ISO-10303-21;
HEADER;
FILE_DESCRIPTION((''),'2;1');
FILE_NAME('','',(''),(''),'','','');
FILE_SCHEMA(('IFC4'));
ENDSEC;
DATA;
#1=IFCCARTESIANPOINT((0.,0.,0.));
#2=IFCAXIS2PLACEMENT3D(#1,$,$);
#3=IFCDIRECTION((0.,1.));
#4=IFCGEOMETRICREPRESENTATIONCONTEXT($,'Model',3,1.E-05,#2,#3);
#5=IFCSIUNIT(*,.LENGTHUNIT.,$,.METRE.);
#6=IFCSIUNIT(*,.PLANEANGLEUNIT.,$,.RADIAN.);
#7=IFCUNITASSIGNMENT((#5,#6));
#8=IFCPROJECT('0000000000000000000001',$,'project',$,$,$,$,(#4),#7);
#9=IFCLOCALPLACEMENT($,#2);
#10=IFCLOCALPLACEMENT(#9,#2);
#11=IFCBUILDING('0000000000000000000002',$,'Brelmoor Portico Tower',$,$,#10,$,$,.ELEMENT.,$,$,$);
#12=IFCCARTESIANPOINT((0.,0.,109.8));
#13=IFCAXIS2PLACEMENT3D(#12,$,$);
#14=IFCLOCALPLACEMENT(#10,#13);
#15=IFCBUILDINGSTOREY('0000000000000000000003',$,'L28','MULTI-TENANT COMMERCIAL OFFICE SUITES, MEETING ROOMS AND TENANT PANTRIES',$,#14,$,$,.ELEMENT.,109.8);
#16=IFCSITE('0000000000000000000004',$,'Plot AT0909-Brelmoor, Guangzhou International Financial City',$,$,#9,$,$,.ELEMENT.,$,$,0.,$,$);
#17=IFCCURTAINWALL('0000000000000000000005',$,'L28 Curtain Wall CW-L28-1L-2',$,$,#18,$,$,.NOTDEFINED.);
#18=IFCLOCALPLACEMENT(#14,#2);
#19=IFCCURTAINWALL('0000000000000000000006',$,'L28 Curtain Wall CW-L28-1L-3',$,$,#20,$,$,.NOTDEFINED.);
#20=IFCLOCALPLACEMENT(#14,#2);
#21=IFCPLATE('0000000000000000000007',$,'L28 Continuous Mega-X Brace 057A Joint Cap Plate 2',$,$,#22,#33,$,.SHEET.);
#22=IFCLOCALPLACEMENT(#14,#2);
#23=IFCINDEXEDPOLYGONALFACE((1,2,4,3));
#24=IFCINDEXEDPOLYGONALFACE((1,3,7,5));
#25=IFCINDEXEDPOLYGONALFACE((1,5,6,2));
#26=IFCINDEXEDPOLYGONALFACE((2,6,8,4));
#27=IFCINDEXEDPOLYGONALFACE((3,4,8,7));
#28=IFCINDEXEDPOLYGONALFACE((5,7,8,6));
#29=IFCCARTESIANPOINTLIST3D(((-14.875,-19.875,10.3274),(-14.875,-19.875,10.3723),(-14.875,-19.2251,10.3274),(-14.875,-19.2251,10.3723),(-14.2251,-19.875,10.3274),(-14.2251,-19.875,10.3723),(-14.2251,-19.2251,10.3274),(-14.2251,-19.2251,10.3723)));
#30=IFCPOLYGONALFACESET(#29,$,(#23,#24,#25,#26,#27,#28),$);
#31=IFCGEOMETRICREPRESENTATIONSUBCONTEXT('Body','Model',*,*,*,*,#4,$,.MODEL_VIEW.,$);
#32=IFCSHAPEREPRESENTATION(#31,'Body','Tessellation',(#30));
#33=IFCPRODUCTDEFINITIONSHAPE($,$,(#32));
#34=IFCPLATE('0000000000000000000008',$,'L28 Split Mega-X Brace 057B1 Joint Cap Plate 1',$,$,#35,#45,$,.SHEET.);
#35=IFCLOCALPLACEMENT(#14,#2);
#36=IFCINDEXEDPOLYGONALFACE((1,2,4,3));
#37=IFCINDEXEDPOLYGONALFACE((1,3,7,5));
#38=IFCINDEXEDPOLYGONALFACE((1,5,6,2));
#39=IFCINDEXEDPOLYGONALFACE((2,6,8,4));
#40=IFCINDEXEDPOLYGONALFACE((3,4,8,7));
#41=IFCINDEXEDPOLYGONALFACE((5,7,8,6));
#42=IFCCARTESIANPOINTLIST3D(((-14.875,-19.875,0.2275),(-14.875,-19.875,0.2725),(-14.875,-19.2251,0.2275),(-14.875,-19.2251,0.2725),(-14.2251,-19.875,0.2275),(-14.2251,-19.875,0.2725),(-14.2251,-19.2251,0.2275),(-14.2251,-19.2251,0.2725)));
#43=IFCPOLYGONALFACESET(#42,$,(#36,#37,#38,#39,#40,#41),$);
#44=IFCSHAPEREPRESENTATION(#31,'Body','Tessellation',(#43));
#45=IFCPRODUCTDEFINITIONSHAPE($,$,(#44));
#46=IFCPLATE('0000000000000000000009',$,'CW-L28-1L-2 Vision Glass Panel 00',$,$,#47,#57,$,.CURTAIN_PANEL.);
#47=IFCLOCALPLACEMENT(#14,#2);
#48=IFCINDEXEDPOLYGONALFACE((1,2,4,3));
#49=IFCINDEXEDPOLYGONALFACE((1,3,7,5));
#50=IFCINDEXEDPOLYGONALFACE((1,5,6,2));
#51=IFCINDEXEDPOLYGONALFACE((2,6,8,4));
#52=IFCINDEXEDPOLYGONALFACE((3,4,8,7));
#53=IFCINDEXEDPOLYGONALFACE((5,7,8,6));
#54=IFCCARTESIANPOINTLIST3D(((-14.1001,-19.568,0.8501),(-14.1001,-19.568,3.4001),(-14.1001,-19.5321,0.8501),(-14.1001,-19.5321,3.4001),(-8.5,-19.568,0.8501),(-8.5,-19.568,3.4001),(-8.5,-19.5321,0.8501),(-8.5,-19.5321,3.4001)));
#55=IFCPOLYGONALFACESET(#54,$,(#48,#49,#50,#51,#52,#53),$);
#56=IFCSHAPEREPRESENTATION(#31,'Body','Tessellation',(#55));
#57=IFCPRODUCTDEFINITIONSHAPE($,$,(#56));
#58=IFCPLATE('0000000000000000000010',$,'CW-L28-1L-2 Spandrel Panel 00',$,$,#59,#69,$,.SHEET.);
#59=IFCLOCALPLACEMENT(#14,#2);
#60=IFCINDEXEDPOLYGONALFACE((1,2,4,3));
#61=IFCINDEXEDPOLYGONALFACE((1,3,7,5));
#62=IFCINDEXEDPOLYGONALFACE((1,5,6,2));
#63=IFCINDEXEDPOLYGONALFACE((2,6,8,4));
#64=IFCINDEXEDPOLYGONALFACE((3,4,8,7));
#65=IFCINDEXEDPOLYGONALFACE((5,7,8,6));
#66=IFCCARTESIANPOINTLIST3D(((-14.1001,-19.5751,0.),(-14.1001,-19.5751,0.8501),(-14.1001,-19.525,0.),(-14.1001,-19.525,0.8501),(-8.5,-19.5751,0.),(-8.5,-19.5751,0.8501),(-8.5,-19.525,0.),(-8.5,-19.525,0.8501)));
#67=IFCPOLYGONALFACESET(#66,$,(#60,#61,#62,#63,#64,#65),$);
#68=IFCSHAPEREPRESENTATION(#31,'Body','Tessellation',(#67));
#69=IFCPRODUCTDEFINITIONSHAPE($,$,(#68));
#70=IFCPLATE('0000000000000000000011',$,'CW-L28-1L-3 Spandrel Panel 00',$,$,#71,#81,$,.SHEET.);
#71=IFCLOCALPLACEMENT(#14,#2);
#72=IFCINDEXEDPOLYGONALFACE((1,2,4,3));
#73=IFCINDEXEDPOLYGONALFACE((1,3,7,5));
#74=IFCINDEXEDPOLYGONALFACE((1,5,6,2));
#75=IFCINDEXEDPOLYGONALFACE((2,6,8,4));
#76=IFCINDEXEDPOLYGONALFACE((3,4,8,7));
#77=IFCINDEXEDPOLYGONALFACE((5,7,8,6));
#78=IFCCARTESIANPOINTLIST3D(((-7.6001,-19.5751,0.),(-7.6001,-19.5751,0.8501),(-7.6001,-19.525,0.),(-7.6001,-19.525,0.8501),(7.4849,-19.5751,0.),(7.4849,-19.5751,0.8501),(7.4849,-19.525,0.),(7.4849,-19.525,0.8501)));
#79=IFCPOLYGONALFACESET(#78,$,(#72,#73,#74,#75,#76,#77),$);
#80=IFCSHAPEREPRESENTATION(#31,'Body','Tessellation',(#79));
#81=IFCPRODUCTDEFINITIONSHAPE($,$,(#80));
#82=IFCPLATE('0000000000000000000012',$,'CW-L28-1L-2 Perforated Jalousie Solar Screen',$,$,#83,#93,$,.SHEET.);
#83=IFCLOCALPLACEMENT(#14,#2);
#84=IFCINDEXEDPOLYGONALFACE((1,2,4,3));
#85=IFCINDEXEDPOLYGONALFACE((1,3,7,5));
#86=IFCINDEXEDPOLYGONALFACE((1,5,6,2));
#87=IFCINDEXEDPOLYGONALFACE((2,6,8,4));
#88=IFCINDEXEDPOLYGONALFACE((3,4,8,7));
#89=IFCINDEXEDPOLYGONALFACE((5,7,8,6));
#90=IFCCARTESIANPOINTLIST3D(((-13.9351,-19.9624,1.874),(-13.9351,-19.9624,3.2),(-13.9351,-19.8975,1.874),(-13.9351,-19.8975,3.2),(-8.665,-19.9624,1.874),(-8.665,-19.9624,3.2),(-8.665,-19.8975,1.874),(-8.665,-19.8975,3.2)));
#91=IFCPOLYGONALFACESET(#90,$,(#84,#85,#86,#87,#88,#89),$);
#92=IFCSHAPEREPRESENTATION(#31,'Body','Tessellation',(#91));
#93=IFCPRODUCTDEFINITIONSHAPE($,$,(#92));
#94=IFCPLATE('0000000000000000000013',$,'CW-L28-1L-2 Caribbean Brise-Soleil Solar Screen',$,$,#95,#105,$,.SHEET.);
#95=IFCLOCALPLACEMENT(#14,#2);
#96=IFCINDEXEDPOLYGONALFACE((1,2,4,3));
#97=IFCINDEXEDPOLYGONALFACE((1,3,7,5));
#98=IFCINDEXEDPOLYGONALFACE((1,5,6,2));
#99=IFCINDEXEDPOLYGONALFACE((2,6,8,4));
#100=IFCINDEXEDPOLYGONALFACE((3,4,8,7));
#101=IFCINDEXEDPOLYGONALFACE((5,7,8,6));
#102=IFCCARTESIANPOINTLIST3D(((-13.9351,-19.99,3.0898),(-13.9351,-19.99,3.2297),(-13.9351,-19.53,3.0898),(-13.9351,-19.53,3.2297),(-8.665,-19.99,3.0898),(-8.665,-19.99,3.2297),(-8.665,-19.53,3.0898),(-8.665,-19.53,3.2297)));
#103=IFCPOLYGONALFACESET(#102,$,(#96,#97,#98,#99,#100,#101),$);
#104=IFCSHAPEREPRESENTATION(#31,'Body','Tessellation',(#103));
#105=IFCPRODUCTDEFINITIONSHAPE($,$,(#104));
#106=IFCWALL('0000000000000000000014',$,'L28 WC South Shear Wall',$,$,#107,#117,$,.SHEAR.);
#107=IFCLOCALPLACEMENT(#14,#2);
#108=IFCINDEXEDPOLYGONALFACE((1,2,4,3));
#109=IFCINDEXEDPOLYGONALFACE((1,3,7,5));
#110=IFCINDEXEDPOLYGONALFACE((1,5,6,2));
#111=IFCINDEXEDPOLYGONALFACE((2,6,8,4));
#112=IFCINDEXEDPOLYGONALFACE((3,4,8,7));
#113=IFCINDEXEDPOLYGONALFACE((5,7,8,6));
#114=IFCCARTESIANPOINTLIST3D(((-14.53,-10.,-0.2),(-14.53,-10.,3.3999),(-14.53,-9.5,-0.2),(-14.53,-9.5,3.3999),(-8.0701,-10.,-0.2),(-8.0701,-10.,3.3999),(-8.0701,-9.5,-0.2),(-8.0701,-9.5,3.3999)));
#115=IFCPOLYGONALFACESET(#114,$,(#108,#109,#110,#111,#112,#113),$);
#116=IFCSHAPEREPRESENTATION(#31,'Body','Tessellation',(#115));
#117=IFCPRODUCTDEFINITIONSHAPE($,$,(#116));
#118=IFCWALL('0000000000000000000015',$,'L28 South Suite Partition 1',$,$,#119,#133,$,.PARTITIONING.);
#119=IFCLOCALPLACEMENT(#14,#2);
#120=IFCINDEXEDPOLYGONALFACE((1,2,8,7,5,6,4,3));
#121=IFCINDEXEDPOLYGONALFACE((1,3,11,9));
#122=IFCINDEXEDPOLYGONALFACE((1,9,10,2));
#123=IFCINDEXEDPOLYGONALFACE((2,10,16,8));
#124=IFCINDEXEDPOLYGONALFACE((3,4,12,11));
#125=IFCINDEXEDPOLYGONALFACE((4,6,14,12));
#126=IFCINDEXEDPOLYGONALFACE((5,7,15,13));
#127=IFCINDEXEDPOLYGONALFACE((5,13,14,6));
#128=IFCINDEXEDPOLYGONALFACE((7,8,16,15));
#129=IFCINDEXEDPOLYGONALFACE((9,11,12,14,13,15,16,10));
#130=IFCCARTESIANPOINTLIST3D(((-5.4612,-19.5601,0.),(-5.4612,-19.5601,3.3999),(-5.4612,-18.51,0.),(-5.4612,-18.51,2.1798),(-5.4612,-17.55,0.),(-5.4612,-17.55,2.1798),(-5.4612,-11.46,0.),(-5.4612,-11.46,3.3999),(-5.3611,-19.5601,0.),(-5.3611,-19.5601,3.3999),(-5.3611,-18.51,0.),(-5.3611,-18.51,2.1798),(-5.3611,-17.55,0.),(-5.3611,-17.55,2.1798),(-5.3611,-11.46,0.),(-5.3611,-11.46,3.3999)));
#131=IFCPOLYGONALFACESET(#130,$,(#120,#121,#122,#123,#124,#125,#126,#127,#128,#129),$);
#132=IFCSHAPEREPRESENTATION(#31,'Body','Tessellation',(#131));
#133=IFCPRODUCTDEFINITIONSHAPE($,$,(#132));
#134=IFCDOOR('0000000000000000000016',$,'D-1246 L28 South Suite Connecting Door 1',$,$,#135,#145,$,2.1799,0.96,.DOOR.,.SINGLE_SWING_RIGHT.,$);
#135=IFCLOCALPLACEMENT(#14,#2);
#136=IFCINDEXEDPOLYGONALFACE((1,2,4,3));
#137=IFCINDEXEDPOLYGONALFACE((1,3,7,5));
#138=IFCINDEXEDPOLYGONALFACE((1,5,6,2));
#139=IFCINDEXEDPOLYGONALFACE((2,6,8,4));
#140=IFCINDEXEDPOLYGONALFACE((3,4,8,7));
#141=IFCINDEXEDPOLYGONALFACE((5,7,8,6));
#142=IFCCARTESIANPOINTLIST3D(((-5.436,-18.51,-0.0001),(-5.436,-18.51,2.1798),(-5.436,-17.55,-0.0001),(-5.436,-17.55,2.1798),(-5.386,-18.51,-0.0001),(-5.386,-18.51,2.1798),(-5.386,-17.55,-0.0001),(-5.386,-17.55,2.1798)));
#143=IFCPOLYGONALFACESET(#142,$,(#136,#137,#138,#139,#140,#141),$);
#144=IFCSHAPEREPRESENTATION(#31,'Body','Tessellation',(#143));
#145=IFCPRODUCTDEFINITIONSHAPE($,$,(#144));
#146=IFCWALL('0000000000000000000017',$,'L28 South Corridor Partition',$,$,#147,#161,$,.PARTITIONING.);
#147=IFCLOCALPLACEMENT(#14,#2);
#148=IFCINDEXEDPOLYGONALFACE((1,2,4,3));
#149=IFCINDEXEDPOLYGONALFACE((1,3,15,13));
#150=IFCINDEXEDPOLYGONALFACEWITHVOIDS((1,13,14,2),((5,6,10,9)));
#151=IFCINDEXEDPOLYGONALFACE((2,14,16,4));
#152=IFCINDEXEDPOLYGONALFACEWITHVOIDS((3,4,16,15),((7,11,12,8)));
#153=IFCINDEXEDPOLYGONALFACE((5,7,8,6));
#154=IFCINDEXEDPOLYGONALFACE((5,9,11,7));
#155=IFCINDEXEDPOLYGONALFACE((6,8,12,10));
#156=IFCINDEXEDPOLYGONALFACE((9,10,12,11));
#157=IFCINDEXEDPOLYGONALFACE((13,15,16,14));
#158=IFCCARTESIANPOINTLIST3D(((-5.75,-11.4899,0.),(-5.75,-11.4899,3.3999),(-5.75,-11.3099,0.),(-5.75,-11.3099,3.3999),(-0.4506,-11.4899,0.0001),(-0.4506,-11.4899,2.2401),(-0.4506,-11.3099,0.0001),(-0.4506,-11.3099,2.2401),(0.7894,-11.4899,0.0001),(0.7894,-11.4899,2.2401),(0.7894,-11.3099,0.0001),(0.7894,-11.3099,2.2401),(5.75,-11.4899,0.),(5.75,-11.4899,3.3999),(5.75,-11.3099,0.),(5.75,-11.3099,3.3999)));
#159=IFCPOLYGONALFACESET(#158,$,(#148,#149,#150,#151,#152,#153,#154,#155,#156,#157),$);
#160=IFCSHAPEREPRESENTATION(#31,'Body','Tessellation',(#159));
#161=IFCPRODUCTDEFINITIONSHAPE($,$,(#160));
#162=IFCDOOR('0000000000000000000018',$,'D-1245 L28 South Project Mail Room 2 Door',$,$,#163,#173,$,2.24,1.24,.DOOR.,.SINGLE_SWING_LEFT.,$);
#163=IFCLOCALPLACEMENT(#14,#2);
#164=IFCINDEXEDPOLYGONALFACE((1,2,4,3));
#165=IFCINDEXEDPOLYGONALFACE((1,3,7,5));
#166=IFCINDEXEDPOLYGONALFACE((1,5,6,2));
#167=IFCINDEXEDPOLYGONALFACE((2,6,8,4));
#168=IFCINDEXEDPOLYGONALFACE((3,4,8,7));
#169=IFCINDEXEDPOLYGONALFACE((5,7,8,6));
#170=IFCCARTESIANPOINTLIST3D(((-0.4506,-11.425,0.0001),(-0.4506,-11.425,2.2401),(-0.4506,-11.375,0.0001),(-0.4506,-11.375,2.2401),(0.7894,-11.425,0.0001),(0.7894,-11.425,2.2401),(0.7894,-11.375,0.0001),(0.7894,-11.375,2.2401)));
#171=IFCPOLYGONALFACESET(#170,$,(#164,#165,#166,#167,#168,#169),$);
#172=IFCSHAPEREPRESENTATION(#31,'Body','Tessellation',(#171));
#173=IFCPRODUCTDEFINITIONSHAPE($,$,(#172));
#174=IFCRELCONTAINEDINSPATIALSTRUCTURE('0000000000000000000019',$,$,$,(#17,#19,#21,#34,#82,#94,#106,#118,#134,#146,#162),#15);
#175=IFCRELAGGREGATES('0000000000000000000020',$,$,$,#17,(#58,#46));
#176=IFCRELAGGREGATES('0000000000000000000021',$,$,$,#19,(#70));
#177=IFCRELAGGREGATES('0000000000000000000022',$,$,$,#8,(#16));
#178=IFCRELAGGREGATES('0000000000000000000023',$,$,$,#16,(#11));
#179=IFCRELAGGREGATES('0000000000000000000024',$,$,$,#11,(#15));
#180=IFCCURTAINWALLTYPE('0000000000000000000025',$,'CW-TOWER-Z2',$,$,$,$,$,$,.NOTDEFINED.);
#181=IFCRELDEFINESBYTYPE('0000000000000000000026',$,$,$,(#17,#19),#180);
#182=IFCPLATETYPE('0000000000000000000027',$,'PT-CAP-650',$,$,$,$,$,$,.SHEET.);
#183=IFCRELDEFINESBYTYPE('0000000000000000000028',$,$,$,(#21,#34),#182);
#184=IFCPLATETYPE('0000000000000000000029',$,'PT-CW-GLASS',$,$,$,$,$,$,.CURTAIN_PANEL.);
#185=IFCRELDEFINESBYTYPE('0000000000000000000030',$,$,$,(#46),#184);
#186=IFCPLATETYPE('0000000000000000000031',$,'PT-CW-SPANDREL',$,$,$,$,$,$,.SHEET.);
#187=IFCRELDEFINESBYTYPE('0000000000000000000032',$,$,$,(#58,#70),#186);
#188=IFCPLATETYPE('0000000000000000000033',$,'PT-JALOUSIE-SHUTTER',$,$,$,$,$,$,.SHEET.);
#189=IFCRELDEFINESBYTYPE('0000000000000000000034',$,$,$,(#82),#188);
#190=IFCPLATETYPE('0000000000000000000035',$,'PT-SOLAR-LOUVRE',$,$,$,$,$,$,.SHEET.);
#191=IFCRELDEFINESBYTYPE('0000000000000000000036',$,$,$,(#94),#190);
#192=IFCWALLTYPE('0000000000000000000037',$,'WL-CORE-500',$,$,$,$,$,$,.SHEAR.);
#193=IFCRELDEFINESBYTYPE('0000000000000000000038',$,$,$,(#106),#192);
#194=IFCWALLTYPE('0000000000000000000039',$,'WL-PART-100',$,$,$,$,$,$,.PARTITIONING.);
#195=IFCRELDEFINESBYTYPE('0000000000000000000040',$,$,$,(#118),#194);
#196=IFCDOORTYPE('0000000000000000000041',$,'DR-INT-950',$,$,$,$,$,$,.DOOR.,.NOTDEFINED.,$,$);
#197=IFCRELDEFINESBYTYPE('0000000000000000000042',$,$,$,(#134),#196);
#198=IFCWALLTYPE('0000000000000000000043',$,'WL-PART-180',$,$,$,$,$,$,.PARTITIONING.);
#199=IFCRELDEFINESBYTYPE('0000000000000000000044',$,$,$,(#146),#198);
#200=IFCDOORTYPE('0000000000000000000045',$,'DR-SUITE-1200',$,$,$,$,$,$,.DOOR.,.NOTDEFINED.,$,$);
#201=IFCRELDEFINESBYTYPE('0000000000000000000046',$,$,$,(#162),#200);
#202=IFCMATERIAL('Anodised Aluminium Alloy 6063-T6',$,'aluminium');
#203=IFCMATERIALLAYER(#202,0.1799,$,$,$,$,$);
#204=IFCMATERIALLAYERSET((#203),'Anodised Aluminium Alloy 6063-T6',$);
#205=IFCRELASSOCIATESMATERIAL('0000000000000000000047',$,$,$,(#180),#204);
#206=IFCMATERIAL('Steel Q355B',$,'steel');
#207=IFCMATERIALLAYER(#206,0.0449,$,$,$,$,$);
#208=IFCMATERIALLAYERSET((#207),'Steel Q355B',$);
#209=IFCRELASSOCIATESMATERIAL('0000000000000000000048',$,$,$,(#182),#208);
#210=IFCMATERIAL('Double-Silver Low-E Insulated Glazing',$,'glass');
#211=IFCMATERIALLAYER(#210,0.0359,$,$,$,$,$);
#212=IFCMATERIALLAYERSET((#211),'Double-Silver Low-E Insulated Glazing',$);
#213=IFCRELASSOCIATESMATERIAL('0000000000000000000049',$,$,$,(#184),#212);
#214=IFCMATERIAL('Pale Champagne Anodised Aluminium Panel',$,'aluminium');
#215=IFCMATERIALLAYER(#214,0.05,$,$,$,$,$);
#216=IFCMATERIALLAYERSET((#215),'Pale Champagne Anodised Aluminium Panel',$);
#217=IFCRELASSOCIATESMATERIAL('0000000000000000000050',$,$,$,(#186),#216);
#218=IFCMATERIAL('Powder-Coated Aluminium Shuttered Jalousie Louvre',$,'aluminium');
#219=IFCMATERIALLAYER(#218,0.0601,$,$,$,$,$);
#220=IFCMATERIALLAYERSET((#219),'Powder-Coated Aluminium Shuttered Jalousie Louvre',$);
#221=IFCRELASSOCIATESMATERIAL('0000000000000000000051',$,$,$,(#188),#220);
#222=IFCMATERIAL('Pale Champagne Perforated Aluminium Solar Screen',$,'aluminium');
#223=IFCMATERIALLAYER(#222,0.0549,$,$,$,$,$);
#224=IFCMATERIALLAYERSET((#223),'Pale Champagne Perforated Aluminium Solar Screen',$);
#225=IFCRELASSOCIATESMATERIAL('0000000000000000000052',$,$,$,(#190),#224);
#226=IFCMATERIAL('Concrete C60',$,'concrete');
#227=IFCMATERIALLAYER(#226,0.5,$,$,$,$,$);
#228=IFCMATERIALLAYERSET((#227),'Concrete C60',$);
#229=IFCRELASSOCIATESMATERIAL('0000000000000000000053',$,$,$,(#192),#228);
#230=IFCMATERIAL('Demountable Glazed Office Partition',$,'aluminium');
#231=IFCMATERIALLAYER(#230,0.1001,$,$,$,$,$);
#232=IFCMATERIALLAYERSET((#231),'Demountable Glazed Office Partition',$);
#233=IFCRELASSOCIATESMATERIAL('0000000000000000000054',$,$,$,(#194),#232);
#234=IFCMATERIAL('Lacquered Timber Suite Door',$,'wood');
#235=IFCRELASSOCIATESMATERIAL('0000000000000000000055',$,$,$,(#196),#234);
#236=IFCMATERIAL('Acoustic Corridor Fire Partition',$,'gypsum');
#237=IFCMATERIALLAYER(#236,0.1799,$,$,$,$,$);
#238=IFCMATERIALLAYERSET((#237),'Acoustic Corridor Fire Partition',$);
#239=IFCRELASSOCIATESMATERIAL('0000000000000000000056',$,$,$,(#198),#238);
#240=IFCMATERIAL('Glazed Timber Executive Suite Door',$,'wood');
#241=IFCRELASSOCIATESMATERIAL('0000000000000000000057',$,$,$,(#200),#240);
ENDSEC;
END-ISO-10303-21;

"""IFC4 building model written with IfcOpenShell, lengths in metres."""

from ifc_helpers import new_model, si_unit, direction, frame, frame_2d, origin, origin_2d, place, context, subcontext, project, spatial, rectangle, extrude, material, layer, layer_set, type_object, element, fill, aggregate, save


model = new_model("IFC4")

# Units and contexts
model_context = context("Model", 3, precision=1e-05, world=origin(), true_north=direction((0.0, 1.0)))
body_context = subcontext(model_context, "Body", "Model", "MODEL_VIEW")
ifc_project = project(units=[si_unit("LENGTHUNIT", "METRE"), si_unit("PLANEANGLEUNIT", "RADIAN")], contexts=[model_context])

# Site, building, storey
site_placement = place(None, origin())
site = spatial("IfcSite", under=ifc_project, at=site_placement, Name="Plot AT0909-Brelmoor, Guangzhou International Financial City", CompositionType="ELEMENT", RefElevation=0.0)
building_placement = place(site_placement, origin())
building = spatial("IfcBuilding", under=site, at=building_placement, Name="Brelmoor Portico Tower", CompositionType="ELEMENT")
storey_placement = place(building_placement, frame((0.0, 0.0, 109.8)))
storey = spatial("IfcBuildingStorey", under=building, at=storey_placement, Name="L28", Description="MULTI-TENANT COMMERCIAL OFFICE SUITES, MEETING ROOMS AND TENANT PANTRIES", CompositionType="ELEMENT", Elevation=109.8)

# Shared definitions
ifc_material_1 = material(Name="Steel Q355B", Category="steel")

# Curtain wall
ifc_material_2 = material(Name="Anodised Aluminium Alloy 6063-T6", Category="aluminium")
ifc_layer_1 = layer(ifc_material_2, 0.1799)
ifc_layer_set_1 = layer_set([ifc_layer_1], Name="Anodised Aluminium Alloy 6063-T6")
curtain_wall_type = type_object("IfcCurtainWallType", Name="CW-TOWER-Z2", PredefinedType="NOTDEFINED", material=ifc_layer_set_1)
curtain_wall_1_placement = place(storey_placement, origin())
curtain_wall_1 = element("IfcCurtainWall", 1, at=curtain_wall_1_placement, inside=storey, type_object=curtain_wall_type, Name="L28 Curtain Wall CW-L28-1L-2", PredefinedType="NOTDEFINED")

# Curtain wall
curtain_wall_2_placement = place(storey_placement, origin())
curtain_wall_2 = element("IfcCurtainWall", 2, at=curtain_wall_2_placement, inside=storey, type_object=curtain_wall_type, Name="L28 Curtain Wall CW-L28-1L-3", PredefinedType="NOTDEFINED")

# Plates
ifc_layer_2 = layer(ifc_material_1, 0.0449)
ifc_layer_set_2 = layer_set([ifc_layer_2], Name="Steel Q355B")
plate_type_1 = type_object("IfcPlateType", Name="PT-CAP-650", PredefinedType="SHEET", material=ifc_layer_set_2)
for number, where, z_axis, x_axis, name in (
    (3, (-14.55, -19.55, 10.3274), (0.0, 0.0, 1.0), (1.0, 0.0, 0.0), "L28 Continuous Mega-X Brace 057A Joint Cap Plate 2"),
    (4, (-14.55, -19.55, 0.2275), (0.0, 0.0, 1.0), (1.0, 0.0, 0.0), "L28 Split Mega-X Brace 057B1 Joint Cap Plate 1"),
):
    element("IfcPlate", number, at=place(storey_placement, frame(where, z_axis=z_axis, x_axis=x_axis)), inside=storey, type_object=plate_type_1, Name=name, PredefinedType="SHEET", context=body_context, shape_type="SweptSolid", body=[
        extrude(rectangle(XDim=0.6499, YDim=0.6499, at=origin_2d()), origin(), (0.0, 0.0, 1.0), 0.0449),
    ])

# Plates
ifc_material_3 = material(Name="Double-Silver Low-E Insulated Glazing", Category="glass")
ifc_layer_3 = layer(ifc_material_3, 0.0359)
ifc_layer_set_3 = layer_set([ifc_layer_3], Name="Double-Silver Low-E Insulated Glazing")
plate_type_2 = type_object("IfcPlateType", Name="PT-CW-GLASS", PredefinedType="CURTAIN_PANEL", material=ifc_layer_set_3)
plate_1_placement = place(storey_placement, frame((-11.3, -19.55, 0.8501), z_axis=(0.0, 0.0, 1.0), x_axis=(1.0, 0.0, 0.0)))
plate_1 = element("IfcPlate", 5, at=plate_1_placement, type_object=plate_type_2, Name="CW-L28-1L-2 Vision Glass Panel 00", PredefinedType="CURTAIN_PANEL", context=body_context, shape_type="SweptSolid", body=[
    extrude(rectangle(XDim=5.6001, YDim=0.0359, at=origin_2d()), origin(), (0.0, 0.0, 1.0), 2.55),
])
ifc_material_4 = material(Name="Pale Champagne Anodised Aluminium Panel", Category="aluminium")
ifc_layer_4 = layer(ifc_material_4, 0.05)
ifc_layer_set_4 = layer_set([ifc_layer_4], Name="Pale Champagne Anodised Aluminium Panel")
plate_type_3 = type_object("IfcPlateType", Name="PT-CW-SPANDREL", PredefinedType="SHEET", material=ifc_layer_set_4)
plate_2_placement = place(storey_placement, frame((-11.3, -19.55, 0.0), z_axis=(0.0, 0.0, 1.0), x_axis=(1.0, 0.0, 0.0)))
plate_2 = element("IfcPlate", 6, at=plate_2_placement, type_object=plate_type_3, Name="CW-L28-1L-2 Spandrel Panel 00", PredefinedType="SHEET", context=body_context, shape_type="SweptSolid", body=[
    extrude(rectangle(XDim=5.6001, YDim=0.05, at=origin_2d()), origin(), (0.0, 0.0, 1.0), 0.8501),
])
aggregate(curtain_wall_1, [plate_2, plate_1])
plate_3_placement = place(storey_placement, frame((-0.0576, -19.55, 0.0), z_axis=(0.0, 0.0, 1.0), x_axis=(1.0, 0.0, 0.0)))
plate_3 = element("IfcPlate", 7, at=plate_3_placement, type_object=plate_type_3, Name="CW-L28-1L-3 Spandrel Panel 00", PredefinedType="SHEET", context=body_context, shape_type="SweptSolid", body=[
    extrude(rectangle(XDim=15.085, YDim=0.05, at=origin_2d()), origin(), (0.0, 0.0, 1.0), 0.8501),
])
aggregate(curtain_wall_2, [plate_3])

# Plates
ifc_material_5 = material(Name="Powder-Coated Aluminium Shuttered Jalousie Louvre", Category="aluminium")
ifc_layer_5 = layer(ifc_material_5, 0.0601)
ifc_layer_set_5 = layer_set([ifc_layer_5], Name="Powder-Coated Aluminium Shuttered Jalousie Louvre")
plate_type_4 = type_object("IfcPlateType", Name="PT-JALOUSIE-SHUTTER", PredefinedType="SHEET", material=ifc_layer_set_5)
plate_4_placement = place(storey_placement, frame((-11.3, -19.9299, 1.874), z_axis=(0.0, 0.0, 1.0), x_axis=(1.0, 0.0, 0.0)))
element("IfcPlate", 8, at=plate_4_placement, inside=storey, type_object=plate_type_4, Name="CW-L28-1L-2 Perforated Jalousie Solar Screen", PredefinedType="SHEET", context=body_context, shape_type="SweptSolid", body=[
    extrude(rectangle(XDim=5.27, YDim=0.0649, at=origin_2d()), origin(), (0.0, 0.0, 1.0), 1.3259),
])
ifc_material_6 = material(Name="Pale Champagne Perforated Aluminium Solar Screen", Category="aluminium")
ifc_layer_6 = layer(ifc_material_6, 0.0549)
ifc_layer_set_6 = layer_set([ifc_layer_6], Name="Pale Champagne Perforated Aluminium Solar Screen")
plate_type_5 = type_object("IfcPlateType", Name="PT-SOLAR-LOUVRE", PredefinedType="SHEET", material=ifc_layer_set_6)
plate_5_placement = place(storey_placement, frame((-11.3, -19.76, 3.0898), z_axis=(0.0, 0.0, 1.0), x_axis=(1.0, 0.0, 0.0)))
element("IfcPlate", 9, at=plate_5_placement, inside=storey, type_object=plate_type_5, Name="CW-L28-1L-2 Caribbean Brise-Soleil Solar Screen", PredefinedType="SHEET", context=body_context, shape_type="SweptSolid", body=[
    extrude(rectangle(XDim=5.27, YDim=0.46, at=origin_2d()), origin(), (0.0, 0.0, 1.0), 0.1399),
])

# Wall
ifc_material_7 = material(Name="Concrete C60", Category="concrete")
ifc_layer_7 = layer(ifc_material_7, 0.5)
ifc_layer_set_7 = layer_set([ifc_layer_7], Name="Concrete C60")
wall_type_1 = type_object("IfcWallType", Name="WL-CORE-500", PredefinedType="SHEAR", material=ifc_layer_set_7)
wall_1_placement = place(storey_placement, frame((-14.53, -9.75, -0.2), z_axis=(0.0, 0.0, 1.0), x_axis=(1.0, 0.0, 0.0)))
element("IfcWall", 10, at=wall_1_placement, inside=storey, type_object=wall_type_1, Name="L28 WC South Shear Wall", PredefinedType="SHEAR", context=body_context, shape_type="SweptSolid", body=[
    extrude(rectangle(XDim=6.46, YDim=0.5, at=frame_2d((3.23, 0.0))), origin(), (0.0, 0.0, 1.0), 3.5999),
])

# Walls, openings, doors
ifc_material_8 = material(Name="Demountable Glazed Office Partition", Category="aluminium")
ifc_layer_8 = layer(ifc_material_8, 0.1001)
ifc_layer_set_8 = layer_set([ifc_layer_8], Name="Demountable Glazed Office Partition")
wall_type_2 = type_object("IfcWallType", Name="WL-PART-100", PredefinedType="PARTITIONING", material=ifc_layer_set_8)
wall_2_placement = place(storey_placement, frame((-5.4111, -19.5601, 0.0), z_axis=(0.0, 0.0, 1.0), x_axis=(0.0, 1.0, 0.0)))
wall_2 = element("IfcWall", 11, at=wall_2_placement, inside=storey, type_object=wall_type_2, Name="L28 South Suite Partition 1", PredefinedType="PARTITIONING", context=body_context, shape_type="SweptSolid", body=[
    extrude(rectangle(XDim=8.1001, YDim=0.1001, at=frame_2d((4.05, 0.0))), origin(), (0.0, 0.0, 1.0), 3.3999),
])
opening_1_placement = place(wall_2_placement, frame((1.05, 0.0, 0.0)))
opening_1 = element("IfcOpeningElement", 12, at=opening_1_placement, cuts=wall_2, PredefinedType="OPENING", context=body_context, shape_type="SweptSolid", body=[
    extrude(rectangle(XDim=0.96, YDim=2.1799, at=frame_2d((0.48, 1.0898))), frame((0.0, 0.0601, 0.0), z_axis=(0.0, -1.0, 0.0), x_axis=(1.0, 0.0, 0.0)), (0.0, 0.0, 1.0), 0.1201),
])
ifc_material_9 = material(Name="Lacquered Timber Suite Door", Category="wood")
door_type_1 = type_object("IfcDoorType", Name="DR-INT-950", OperationType="NOTDEFINED", PredefinedType="DOOR", material=ifc_material_9)
door_1_placement = place(opening_1_placement, origin())
door_1 = element("IfcDoor", 13, at=door_1_placement, inside=storey, type_object=door_type_1, Name="D-1246 L28 South Suite Connecting Door 1", OperationType="SINGLE_SWING_RIGHT", OverallHeight=2.1799, OverallWidth=0.96, PredefinedType="DOOR", context=body_context, shape_type="SweptSolid", body=[
    extrude(rectangle(XDim=0.96, YDim=2.1799, at=frame_2d((0.48, 1.0898))), frame((0.0, 0.0249, 0.0), z_axis=(0.0, -1.0, 0.0), x_axis=(1.0, 0.0, 0.0)), (0.0, 0.0, 1.0), 0.05),
])
fill(opening_1, door_1)
ifc_material_10 = material(Name="Acoustic Corridor Fire Partition", Category="gypsum")
ifc_layer_9 = layer(ifc_material_10, 0.1799)
ifc_layer_set_9 = layer_set([ifc_layer_9], Name="Acoustic Corridor Fire Partition")
wall_type_3 = type_object("IfcWallType", Name="WL-PART-180", PredefinedType="PARTITIONING", material=ifc_layer_set_9)
wall_3_placement = place(storey_placement, frame((-5.75, -11.3999, 0.0), z_axis=(0.0, 0.0, 1.0), x_axis=(1.0, 0.0, 0.0)))
wall_3 = element("IfcWall", 14, at=wall_3_placement, inside=storey, type_object=wall_type_3, Name="L28 South Corridor Partition", PredefinedType="PARTITIONING", context=body_context, shape_type="SweptSolid", body=[
    extrude(rectangle(XDim=11.5, YDim=0.1799, at=frame_2d((5.75, 0.0))), origin(), (0.0, 0.0, 1.0), 3.3999),
])
opening_2_placement = place(wall_3_placement, frame((5.2993, 0.0, 0.0)))
opening_2 = element("IfcOpeningElement", 15, at=opening_2_placement, cuts=wall_3, PredefinedType="OPENING", context=body_context, shape_type="SweptSolid", body=[
    extrude(rectangle(XDim=1.24, YDim=2.24, at=frame_2d((0.6201, 1.1201))), frame((0.0, 0.0999, 0.0), z_axis=(0.0, -1.0, 0.0), x_axis=(1.0, 0.0, 0.0)), (0.0, 0.0, 1.0), 0.2),
])
ifc_material_11 = material(Name="Glazed Timber Executive Suite Door", Category="wood")
door_type_2 = type_object("IfcDoorType", Name="DR-SUITE-1200", OperationType="NOTDEFINED", PredefinedType="DOOR", material=ifc_material_11)
door_2_placement = place(opening_2_placement, origin())
door_2 = element("IfcDoor", 16, at=door_2_placement, inside=storey, type_object=door_type_2, Name="D-1245 L28 South Project Mail Room 2 Door", OperationType="SINGLE_SWING_LEFT", OverallHeight=2.24, OverallWidth=1.24, PredefinedType="DOOR", context=body_context, shape_type="SweptSolid", body=[
    extrude(rectangle(XDim=1.24, YDim=2.24, at=frame_2d((0.6201, 1.1201))), frame((0.0, 0.0249, 0.0), z_axis=(0.0, -1.0, 0.0), x_axis=(1.0, 0.0, 0.0)), (0.0, 0.0, 1.0), 0.05),
])
fill(opening_2, door_2)

save(model, "model.ifc")
